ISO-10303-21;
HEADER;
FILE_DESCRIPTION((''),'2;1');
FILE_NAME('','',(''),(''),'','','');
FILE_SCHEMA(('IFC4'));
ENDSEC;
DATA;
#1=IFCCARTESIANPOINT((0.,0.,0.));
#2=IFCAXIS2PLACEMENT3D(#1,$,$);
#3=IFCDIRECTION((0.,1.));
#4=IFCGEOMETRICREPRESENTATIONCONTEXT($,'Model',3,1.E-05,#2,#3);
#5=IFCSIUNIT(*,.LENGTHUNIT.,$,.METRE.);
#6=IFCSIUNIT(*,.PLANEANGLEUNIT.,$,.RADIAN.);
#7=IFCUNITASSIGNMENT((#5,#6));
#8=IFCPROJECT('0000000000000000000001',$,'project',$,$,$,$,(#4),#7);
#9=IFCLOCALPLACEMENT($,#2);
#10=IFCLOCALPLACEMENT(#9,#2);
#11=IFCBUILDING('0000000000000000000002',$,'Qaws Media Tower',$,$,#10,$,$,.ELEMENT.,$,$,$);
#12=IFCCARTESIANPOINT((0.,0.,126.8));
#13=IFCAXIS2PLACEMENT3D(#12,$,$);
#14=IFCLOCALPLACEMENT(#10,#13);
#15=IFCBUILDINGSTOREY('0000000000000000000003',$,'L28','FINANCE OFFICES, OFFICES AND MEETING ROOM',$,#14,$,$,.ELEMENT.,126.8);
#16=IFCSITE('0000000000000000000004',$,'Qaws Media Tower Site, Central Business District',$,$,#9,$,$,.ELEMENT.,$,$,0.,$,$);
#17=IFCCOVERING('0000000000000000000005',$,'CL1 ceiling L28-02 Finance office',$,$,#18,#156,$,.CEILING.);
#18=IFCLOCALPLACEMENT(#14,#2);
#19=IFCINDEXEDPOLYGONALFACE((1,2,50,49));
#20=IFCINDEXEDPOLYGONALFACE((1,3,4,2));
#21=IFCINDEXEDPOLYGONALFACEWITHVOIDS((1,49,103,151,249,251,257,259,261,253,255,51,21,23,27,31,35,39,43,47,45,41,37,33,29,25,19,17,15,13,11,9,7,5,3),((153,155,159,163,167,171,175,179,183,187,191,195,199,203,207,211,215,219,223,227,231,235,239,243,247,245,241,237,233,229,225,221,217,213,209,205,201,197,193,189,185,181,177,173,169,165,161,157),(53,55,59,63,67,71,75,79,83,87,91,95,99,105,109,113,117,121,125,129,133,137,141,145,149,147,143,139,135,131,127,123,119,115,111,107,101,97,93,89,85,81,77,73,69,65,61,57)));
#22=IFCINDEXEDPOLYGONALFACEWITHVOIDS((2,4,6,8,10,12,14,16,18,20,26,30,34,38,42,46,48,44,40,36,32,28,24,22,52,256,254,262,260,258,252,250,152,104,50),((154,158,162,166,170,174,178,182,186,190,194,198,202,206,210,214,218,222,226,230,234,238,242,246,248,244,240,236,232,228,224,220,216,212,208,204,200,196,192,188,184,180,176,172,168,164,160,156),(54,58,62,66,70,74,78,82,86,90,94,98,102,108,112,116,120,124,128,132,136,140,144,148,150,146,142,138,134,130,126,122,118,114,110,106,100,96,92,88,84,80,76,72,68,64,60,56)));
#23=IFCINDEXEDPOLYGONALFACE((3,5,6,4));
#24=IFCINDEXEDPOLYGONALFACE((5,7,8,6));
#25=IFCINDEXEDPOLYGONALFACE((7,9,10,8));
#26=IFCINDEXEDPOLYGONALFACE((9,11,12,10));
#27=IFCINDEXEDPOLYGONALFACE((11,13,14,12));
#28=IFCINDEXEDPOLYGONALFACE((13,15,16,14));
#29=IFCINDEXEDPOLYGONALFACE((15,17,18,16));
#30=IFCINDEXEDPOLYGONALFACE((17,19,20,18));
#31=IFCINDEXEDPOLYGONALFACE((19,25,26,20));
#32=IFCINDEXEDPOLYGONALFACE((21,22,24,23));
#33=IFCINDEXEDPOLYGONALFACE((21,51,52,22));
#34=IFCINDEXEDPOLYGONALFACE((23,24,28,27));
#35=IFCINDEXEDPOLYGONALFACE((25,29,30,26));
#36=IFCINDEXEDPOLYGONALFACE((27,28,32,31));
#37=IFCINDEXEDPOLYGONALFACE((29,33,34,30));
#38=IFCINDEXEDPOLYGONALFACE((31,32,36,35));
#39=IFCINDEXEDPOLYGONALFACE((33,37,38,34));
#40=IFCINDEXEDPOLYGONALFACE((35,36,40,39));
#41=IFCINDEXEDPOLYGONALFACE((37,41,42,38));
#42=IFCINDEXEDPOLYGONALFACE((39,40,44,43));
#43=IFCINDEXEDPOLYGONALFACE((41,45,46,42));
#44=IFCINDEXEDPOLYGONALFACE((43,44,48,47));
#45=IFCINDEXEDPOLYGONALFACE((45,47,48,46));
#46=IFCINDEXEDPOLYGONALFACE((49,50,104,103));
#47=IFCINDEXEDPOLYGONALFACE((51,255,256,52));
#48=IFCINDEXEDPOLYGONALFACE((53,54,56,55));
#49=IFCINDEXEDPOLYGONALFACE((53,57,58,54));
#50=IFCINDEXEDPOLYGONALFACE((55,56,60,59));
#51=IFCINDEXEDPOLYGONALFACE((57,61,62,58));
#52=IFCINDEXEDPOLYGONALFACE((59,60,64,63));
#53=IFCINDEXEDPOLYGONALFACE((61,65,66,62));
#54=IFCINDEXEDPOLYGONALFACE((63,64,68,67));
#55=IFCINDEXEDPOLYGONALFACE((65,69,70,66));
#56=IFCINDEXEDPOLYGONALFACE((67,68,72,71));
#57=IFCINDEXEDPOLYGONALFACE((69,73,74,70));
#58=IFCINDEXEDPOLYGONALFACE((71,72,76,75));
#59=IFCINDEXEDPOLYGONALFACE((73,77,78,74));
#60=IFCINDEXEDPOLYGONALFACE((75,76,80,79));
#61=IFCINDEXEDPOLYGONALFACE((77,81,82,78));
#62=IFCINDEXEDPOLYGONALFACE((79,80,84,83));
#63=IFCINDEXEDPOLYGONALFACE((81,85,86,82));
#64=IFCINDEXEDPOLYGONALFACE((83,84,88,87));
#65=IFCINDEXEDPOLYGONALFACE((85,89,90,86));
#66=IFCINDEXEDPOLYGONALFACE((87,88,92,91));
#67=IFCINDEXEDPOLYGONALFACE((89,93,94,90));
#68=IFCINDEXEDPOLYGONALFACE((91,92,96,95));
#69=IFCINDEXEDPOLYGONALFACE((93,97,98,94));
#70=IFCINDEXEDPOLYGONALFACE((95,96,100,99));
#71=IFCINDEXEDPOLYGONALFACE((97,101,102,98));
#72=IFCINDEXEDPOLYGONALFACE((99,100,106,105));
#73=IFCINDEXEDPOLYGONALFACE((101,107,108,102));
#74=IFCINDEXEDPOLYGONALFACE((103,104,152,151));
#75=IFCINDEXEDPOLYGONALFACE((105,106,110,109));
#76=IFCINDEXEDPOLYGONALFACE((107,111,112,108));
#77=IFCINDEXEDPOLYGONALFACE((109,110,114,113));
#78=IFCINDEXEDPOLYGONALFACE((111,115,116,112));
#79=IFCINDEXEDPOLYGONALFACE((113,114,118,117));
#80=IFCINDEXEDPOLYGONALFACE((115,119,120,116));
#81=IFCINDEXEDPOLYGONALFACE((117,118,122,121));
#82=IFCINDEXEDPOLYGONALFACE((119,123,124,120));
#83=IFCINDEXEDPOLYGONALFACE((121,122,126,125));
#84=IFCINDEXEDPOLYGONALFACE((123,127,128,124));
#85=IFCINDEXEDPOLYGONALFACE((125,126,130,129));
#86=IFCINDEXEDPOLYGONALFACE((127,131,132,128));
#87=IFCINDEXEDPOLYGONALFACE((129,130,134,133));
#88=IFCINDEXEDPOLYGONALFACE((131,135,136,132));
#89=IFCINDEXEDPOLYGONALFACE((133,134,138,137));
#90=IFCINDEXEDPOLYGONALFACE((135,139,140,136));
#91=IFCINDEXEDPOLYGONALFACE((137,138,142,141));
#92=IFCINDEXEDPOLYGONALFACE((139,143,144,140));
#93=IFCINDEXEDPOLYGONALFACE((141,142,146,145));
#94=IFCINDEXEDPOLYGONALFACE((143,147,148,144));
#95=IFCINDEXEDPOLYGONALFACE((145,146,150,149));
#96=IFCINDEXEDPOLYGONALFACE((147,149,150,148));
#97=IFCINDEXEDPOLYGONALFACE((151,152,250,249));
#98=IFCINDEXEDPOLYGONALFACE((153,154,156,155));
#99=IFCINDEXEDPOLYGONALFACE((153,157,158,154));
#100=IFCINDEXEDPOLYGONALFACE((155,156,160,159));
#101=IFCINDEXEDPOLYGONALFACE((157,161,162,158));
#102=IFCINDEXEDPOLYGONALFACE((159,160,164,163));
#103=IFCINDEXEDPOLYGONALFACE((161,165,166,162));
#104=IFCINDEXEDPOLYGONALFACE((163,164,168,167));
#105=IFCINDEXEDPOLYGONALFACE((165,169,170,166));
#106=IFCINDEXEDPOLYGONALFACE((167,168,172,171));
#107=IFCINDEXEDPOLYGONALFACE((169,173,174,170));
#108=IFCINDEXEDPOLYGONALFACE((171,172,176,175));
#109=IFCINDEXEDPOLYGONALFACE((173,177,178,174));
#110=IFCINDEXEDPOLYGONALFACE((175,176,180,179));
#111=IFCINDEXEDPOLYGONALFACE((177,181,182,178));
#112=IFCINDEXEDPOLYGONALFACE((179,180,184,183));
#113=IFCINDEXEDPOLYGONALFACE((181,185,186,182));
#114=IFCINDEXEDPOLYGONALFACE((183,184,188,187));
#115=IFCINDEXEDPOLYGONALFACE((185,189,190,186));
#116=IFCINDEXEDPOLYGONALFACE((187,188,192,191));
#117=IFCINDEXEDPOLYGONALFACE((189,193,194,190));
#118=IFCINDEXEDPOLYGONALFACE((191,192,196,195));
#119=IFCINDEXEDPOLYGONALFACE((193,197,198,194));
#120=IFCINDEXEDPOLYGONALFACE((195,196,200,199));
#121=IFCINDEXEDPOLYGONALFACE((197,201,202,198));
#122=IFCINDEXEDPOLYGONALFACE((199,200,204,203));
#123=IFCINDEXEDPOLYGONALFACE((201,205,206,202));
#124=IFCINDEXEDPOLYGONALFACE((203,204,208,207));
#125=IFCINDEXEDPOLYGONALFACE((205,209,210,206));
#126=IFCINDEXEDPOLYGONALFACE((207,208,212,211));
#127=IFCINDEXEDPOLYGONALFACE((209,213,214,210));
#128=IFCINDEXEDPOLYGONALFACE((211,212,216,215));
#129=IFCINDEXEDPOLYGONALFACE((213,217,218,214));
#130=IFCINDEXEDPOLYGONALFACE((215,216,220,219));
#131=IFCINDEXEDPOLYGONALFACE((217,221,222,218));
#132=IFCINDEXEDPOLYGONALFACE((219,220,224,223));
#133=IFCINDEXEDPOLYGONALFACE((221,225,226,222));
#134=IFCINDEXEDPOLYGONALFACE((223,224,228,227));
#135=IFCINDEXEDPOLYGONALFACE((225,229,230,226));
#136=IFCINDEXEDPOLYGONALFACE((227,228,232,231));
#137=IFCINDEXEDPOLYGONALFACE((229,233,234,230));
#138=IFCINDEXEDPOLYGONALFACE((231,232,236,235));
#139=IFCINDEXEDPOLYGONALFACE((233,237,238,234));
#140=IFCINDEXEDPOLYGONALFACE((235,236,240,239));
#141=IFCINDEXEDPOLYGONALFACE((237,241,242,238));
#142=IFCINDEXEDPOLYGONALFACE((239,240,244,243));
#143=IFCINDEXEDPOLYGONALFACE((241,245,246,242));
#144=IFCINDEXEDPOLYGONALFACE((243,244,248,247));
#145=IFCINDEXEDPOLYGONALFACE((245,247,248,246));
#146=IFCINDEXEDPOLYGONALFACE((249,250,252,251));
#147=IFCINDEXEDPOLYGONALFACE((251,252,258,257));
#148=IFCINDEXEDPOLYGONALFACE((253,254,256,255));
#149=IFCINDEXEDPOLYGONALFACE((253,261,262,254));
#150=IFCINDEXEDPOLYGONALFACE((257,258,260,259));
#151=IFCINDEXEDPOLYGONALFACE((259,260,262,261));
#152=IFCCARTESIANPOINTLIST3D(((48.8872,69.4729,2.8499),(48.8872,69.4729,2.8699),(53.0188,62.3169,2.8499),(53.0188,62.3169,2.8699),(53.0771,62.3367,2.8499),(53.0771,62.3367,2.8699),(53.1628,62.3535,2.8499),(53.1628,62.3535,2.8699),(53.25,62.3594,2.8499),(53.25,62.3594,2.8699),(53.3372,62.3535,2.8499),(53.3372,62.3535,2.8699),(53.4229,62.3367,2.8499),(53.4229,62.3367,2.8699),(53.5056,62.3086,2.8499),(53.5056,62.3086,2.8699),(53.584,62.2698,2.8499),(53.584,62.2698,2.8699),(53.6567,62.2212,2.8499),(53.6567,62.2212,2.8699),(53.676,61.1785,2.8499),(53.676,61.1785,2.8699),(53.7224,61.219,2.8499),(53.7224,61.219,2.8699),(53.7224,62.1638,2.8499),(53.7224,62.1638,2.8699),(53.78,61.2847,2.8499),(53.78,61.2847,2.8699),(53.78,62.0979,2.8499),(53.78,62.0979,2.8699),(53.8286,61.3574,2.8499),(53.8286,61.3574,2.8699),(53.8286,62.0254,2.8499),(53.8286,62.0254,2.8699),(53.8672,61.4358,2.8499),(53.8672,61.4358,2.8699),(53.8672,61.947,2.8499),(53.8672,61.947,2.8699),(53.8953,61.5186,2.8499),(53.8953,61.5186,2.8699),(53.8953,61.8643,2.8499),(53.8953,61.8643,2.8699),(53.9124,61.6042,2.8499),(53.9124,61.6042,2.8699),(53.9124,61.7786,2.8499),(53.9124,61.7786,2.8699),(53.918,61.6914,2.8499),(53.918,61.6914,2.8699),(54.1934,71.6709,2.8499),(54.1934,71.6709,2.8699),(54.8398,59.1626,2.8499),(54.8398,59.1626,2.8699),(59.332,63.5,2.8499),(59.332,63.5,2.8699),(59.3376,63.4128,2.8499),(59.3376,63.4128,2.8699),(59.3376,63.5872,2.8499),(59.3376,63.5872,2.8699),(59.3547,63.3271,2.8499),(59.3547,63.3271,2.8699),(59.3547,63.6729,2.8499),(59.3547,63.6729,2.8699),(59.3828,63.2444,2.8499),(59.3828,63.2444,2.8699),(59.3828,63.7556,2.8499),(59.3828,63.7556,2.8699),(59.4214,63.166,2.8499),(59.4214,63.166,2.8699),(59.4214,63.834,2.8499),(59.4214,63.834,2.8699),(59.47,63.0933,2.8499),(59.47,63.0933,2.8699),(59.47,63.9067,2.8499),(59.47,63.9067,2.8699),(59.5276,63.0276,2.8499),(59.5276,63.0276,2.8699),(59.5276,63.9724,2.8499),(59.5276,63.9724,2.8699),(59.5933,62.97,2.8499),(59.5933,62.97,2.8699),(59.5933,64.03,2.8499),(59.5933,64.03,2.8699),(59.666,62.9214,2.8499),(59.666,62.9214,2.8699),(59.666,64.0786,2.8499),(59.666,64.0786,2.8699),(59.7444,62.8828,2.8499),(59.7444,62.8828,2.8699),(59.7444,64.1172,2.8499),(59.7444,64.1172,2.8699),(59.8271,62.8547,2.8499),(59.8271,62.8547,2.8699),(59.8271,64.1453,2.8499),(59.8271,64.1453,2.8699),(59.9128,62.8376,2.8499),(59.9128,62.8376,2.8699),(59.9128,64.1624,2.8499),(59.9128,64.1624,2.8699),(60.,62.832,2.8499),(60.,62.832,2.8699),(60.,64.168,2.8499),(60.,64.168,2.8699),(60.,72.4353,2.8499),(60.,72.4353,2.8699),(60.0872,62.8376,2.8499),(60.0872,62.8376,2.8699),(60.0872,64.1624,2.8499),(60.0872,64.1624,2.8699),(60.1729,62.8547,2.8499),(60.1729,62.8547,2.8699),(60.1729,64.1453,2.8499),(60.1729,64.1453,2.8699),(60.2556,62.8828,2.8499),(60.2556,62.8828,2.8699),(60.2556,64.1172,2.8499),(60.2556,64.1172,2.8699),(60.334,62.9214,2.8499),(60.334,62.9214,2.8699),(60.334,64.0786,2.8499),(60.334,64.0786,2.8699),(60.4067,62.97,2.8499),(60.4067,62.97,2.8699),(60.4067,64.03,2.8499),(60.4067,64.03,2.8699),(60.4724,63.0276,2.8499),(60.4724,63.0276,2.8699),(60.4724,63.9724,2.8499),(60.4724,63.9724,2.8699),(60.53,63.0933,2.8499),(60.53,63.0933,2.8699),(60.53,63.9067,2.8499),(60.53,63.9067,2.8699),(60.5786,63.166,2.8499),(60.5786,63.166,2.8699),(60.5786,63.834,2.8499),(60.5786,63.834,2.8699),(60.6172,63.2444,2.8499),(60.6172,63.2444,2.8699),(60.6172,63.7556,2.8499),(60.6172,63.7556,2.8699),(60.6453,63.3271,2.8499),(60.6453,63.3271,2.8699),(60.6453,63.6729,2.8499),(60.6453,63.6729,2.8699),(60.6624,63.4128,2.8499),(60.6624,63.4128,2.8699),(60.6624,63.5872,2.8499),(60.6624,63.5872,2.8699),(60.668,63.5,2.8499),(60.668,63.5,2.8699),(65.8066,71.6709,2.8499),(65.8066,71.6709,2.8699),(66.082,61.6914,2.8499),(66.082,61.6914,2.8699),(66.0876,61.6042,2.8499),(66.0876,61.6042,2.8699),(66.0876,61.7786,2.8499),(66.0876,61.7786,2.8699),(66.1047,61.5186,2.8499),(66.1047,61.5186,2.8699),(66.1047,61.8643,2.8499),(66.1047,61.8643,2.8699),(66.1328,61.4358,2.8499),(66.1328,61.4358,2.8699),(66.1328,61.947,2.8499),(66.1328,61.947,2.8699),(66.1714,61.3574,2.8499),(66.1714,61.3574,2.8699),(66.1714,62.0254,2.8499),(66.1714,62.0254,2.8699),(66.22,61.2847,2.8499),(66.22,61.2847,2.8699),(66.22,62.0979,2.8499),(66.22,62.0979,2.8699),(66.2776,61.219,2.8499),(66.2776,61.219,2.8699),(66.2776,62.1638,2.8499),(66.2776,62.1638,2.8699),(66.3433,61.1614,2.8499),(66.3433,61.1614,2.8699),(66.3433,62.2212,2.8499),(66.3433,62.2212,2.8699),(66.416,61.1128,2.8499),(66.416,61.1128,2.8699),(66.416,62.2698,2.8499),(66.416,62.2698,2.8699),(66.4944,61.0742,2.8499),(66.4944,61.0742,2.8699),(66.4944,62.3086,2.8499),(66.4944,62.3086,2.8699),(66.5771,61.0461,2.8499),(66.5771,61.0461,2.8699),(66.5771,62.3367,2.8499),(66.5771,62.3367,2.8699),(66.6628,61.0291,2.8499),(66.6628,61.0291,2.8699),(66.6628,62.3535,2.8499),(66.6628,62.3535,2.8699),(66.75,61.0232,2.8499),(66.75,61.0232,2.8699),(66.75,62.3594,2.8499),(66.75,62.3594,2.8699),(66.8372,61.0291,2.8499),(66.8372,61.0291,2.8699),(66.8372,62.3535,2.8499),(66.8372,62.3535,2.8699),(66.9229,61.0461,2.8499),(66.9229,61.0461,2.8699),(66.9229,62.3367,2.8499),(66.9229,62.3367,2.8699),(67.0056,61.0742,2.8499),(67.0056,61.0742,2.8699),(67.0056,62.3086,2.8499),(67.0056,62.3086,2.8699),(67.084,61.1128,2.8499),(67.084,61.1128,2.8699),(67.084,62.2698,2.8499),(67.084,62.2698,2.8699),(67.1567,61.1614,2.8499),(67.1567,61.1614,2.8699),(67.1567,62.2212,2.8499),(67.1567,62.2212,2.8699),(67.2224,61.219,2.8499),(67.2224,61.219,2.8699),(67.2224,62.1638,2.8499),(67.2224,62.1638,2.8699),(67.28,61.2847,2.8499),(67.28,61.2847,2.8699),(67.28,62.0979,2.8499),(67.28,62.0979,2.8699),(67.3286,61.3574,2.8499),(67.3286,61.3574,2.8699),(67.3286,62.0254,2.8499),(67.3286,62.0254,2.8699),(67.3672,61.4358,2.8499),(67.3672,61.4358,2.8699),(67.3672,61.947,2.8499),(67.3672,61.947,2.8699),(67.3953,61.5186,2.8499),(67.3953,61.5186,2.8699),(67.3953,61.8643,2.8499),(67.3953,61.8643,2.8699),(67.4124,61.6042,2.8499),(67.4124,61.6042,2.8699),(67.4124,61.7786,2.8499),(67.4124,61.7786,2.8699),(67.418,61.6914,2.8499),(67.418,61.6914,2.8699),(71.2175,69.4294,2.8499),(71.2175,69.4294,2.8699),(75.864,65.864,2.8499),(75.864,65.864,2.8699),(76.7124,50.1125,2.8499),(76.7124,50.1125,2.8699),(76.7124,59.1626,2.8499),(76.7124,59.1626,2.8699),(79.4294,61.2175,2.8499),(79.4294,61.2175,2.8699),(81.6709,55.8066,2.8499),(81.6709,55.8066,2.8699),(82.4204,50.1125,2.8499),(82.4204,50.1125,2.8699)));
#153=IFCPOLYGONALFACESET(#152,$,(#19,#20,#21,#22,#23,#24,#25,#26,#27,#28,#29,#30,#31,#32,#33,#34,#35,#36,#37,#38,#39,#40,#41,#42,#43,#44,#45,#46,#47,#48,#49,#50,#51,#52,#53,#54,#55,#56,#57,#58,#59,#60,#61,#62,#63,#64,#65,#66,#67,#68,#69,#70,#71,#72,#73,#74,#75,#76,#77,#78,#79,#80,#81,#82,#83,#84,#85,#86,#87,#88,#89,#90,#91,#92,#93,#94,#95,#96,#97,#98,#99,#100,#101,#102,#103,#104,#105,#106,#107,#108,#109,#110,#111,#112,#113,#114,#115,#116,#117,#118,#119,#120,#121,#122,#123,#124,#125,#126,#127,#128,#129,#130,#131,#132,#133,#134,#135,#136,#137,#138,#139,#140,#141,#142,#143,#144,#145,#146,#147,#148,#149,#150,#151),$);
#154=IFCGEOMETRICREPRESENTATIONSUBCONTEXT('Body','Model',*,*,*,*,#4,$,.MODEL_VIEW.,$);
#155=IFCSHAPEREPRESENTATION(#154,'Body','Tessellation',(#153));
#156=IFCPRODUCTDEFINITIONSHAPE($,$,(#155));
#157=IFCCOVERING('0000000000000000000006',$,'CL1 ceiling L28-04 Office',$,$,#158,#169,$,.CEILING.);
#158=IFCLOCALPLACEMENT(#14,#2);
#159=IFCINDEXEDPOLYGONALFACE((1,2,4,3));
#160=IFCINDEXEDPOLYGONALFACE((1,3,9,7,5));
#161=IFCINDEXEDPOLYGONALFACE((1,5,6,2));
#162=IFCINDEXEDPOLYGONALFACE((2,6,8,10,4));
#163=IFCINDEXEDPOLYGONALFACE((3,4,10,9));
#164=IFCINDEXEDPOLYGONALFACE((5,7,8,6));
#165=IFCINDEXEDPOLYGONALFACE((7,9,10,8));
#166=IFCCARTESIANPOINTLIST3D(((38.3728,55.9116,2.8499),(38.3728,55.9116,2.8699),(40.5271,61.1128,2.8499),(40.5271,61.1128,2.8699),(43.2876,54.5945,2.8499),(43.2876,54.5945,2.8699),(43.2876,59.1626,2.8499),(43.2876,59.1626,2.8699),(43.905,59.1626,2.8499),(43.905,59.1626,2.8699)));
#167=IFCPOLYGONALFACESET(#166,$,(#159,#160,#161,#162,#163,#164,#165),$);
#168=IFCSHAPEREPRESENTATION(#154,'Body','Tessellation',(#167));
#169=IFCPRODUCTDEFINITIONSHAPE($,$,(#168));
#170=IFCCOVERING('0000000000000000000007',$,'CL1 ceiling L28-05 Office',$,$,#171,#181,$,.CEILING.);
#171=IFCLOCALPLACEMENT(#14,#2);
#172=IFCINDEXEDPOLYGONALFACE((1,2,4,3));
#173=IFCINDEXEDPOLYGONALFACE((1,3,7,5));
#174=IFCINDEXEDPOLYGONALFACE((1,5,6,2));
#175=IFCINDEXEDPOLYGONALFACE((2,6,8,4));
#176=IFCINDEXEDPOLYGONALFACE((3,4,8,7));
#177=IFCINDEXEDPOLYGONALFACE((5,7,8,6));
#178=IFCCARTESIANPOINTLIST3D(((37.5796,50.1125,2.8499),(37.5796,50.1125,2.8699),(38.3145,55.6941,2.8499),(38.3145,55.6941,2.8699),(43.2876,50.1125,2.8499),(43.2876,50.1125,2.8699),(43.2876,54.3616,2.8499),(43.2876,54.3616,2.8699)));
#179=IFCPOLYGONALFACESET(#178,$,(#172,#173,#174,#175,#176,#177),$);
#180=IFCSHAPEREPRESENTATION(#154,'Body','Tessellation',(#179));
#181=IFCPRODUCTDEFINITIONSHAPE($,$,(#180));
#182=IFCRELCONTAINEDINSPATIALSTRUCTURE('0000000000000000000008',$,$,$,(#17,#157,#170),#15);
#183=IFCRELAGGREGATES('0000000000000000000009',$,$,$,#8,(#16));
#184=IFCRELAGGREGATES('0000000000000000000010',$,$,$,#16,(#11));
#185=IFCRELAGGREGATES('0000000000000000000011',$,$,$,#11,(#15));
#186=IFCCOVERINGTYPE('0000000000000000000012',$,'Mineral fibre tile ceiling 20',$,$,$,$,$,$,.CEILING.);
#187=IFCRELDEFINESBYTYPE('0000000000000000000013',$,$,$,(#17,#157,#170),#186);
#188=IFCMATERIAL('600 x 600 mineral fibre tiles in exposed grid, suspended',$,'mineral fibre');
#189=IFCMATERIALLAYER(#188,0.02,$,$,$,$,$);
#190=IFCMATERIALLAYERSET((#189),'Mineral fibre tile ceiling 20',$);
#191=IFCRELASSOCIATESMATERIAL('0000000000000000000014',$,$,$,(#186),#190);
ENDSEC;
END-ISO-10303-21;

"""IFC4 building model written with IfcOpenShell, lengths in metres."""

from ifc_helpers import new_model, si_unit, direction, frame, origin, place, context, subcontext, project, spatial, polyline, outline, extrude, material, layer, layer_set, type_object, element, save


model = new_model("IFC4")

# Units and contexts
model_context = context("Model", 3, precision=1e-05, world=origin(), true_north=direction((0.0, 1.0)))
body_context = subcontext(model_context, "Body", "Model", "MODEL_VIEW")
ifc_project = project(units=[si_unit("LENGTHUNIT", "METRE"), si_unit("PLANEANGLEUNIT", "RADIAN")], contexts=[model_context])

# Site, building, storey
site_placement = place(None, origin())
site = spatial("IfcSite", under=ifc_project, at=site_placement, Name="Qaws Media Tower Site, Central Business District", CompositionType="ELEMENT", RefElevation=0.0)
building_placement = place(site_placement, origin())
building = spatial("IfcBuilding", under=site, at=building_placement, Name="Qaws Media Tower", CompositionType="ELEMENT")
storey_placement = place(building_placement, frame((0.0, 0.0, 126.8)))
storey = spatial("IfcBuildingStorey", under=building, at=storey_placement, Name="L28", Description="FINANCE OFFICES, OFFICES AND MEETING ROOM", CompositionType="ELEMENT", Elevation=126.8)

# Coverings
ifc_material_1 = material(Name="600 x 600 mineral fibre tiles in exposed grid, suspended", Category="mineral fibre")
ifc_layer_1 = layer(ifc_material_1, 0.02)
ifc_layer_set_1 = layer_set([ifc_layer_1], Name="Mineral fibre tile ceiling 20")
covering_type_1 = type_object("IfcCoveringType", Name="Mineral fibre tile ceiling 20", PredefinedType="CEILING", material=ifc_layer_set_1)
covering_1_placement = place(storey_placement, frame((0.0, 0.0, 2.8499)))
element("IfcCovering", 1, at=covering_1_placement, inside=storey, type_object=covering_type_1, Name="CL1 ceiling L28-02 Finance office", PredefinedType="CEILING", context=body_context, shape_type="SweptSolid", body=[
    extrude(outline(polyline([(54.1934, 71.6709), (60.0, 72.4353), (65.8066, 71.6709), (71.2175, 69.4294), (75.864, 65.864), (79.4294, 61.2175), (81.6709, 55.8066), (82.4204, 50.1125), (76.7124, 50.1125), (76.7124, 59.1626), (54.8398, 59.1626), (53.676, 61.1785), (53.7224, 61.219), (53.78, 61.2847), (53.8286, 61.3574), (53.8672, 61.4358), (53.8953, 61.5186), (53.9124, 61.6042), (53.918, 61.6914), (53.9124, 61.7786), (53.8953, 61.8643), (53.8672, 61.947), (53.8286, 62.0254), (53.78, 62.0979), (53.7224, 62.1638), (53.6567, 62.2212), (53.584, 62.2698), (53.5056, 62.3086), (53.4229, 62.3367), (53.3372, 62.3535), (53.25, 62.3594), (53.1628, 62.3535), (53.0771, 62.3367), (53.0188, 62.3169), (48.8872, 69.4729), (54.1934, 71.6709)]), holes=[polyline([(60.6172, 63.2444), (60.6453, 63.3271), (60.6624, 63.4128), (60.668, 63.5), (60.6624, 63.5872), (60.6453, 63.6729), (60.6172, 63.7556), (60.5786, 63.834), (60.53, 63.9067), (60.4724, 63.9724), (60.4067, 64.03), (60.334, 64.0786), (60.2556, 64.1172), (60.1729, 64.1453), (60.0872, 64.1624), (60.0, 64.168), (59.9128, 64.1624), (59.8271, 64.1453), (59.7444, 64.1172), (59.666, 64.0786), (59.5933, 64.03), (59.5276, 63.9724), (59.47, 63.9067), (59.4214, 63.834), (59.3828, 63.7556), (59.3547, 63.6729), (59.3376, 63.5872), (59.332, 63.5), (59.3376, 63.4128), (59.3547, 63.3271), (59.3828, 63.2444), (59.4214, 63.166), (59.47, 63.0933), (59.5276, 63.0276), (59.5933, 62.97), (59.666, 62.9214), (59.7444, 62.8828), (59.8271, 62.8547), (59.9128, 62.8376), (60.0, 62.832), (60.0872, 62.8376), (60.1729, 62.8547), (60.2556, 62.8828), (60.334, 62.9214), (60.4067, 62.97), (60.4724, 63.0276), (60.53, 63.0933), (60.5786, 63.166), (60.6172, 63.2444)]), polyline([(67.3672, 61.4358), (67.3953, 61.5186), (67.4124, 61.6042), (67.418, 61.6914), (67.4124, 61.7786), (67.3953, 61.8643), (67.3672, 61.947), (67.3286, 62.0254), (67.28, 62.0979), (67.2224, 62.1638), (67.1567, 62.2212), (67.084, 62.2698), (67.0056, 62.3086), (66.9229, 62.3367), (66.8372, 62.3535), (66.75, 62.3594), (66.6628, 62.3535), (66.5771, 62.3367), (66.4944, 62.3086), (66.416, 62.2698), (66.3433, 62.2212), (66.2776, 62.1638), (66.22, 62.0979), (66.1714, 62.0254), (66.1328, 61.947), (66.1047, 61.8643), (66.0876, 61.7786), (66.082, 61.6914), (66.0876, 61.6042), (66.1047, 61.5186), (66.1328, 61.4358), (66.1714, 61.3574), (66.22, 61.2847), (66.2776, 61.219), (66.3433, 61.1614), (66.416, 61.1128), (66.4944, 61.0742), (66.5771, 61.0461), (66.6628, 61.0291), (66.75, 61.0232), (66.8372, 61.0291), (66.9229, 61.0461), (67.0056, 61.0742), (67.084, 61.1128), (67.1567, 61.1614), (67.2224, 61.219), (67.28, 61.2847), (67.3286, 61.3574), (67.3672, 61.4358)])]), origin(), (0.0, 0.0, 1.0), 0.02),
])
covering_2_placement = place(storey_placement, frame((0.0, 0.0, 2.8499)))
element("IfcCovering", 2, at=covering_2_placement, inside=storey, type_object=covering_type_1, Name="CL1 ceiling L28-04 Office", PredefinedType="CEILING", context=body_context, shape_type="SweptSolid", body=[
    extrude(outline(polyline([(40.5271, 61.1128), (43.905, 59.1626), (43.2876, 59.1626), (43.2876, 54.5945), (38.3728, 55.9116), (40.5271, 61.1128)])), origin(), (0.0, 0.0, 1.0), 0.02),
])
covering_3_placement = place(storey_placement, frame((0.0, 0.0, 2.8499)))
element("IfcCovering", 3, at=covering_3_placement, inside=storey, type_object=covering_type_1, Name="CL1 ceiling L28-05 Office", PredefinedType="CEILING", context=body_context, shape_type="SweptSolid", body=[
    extrude(outline(polyline([(38.3145, 55.6941), (43.2876, 54.3616), (43.2876, 50.1125), (37.5796, 50.1125), (38.3145, 55.6941)])), origin(), (0.0, 0.0, 1.0), 0.02),
])

save(model, "model.ifc")
